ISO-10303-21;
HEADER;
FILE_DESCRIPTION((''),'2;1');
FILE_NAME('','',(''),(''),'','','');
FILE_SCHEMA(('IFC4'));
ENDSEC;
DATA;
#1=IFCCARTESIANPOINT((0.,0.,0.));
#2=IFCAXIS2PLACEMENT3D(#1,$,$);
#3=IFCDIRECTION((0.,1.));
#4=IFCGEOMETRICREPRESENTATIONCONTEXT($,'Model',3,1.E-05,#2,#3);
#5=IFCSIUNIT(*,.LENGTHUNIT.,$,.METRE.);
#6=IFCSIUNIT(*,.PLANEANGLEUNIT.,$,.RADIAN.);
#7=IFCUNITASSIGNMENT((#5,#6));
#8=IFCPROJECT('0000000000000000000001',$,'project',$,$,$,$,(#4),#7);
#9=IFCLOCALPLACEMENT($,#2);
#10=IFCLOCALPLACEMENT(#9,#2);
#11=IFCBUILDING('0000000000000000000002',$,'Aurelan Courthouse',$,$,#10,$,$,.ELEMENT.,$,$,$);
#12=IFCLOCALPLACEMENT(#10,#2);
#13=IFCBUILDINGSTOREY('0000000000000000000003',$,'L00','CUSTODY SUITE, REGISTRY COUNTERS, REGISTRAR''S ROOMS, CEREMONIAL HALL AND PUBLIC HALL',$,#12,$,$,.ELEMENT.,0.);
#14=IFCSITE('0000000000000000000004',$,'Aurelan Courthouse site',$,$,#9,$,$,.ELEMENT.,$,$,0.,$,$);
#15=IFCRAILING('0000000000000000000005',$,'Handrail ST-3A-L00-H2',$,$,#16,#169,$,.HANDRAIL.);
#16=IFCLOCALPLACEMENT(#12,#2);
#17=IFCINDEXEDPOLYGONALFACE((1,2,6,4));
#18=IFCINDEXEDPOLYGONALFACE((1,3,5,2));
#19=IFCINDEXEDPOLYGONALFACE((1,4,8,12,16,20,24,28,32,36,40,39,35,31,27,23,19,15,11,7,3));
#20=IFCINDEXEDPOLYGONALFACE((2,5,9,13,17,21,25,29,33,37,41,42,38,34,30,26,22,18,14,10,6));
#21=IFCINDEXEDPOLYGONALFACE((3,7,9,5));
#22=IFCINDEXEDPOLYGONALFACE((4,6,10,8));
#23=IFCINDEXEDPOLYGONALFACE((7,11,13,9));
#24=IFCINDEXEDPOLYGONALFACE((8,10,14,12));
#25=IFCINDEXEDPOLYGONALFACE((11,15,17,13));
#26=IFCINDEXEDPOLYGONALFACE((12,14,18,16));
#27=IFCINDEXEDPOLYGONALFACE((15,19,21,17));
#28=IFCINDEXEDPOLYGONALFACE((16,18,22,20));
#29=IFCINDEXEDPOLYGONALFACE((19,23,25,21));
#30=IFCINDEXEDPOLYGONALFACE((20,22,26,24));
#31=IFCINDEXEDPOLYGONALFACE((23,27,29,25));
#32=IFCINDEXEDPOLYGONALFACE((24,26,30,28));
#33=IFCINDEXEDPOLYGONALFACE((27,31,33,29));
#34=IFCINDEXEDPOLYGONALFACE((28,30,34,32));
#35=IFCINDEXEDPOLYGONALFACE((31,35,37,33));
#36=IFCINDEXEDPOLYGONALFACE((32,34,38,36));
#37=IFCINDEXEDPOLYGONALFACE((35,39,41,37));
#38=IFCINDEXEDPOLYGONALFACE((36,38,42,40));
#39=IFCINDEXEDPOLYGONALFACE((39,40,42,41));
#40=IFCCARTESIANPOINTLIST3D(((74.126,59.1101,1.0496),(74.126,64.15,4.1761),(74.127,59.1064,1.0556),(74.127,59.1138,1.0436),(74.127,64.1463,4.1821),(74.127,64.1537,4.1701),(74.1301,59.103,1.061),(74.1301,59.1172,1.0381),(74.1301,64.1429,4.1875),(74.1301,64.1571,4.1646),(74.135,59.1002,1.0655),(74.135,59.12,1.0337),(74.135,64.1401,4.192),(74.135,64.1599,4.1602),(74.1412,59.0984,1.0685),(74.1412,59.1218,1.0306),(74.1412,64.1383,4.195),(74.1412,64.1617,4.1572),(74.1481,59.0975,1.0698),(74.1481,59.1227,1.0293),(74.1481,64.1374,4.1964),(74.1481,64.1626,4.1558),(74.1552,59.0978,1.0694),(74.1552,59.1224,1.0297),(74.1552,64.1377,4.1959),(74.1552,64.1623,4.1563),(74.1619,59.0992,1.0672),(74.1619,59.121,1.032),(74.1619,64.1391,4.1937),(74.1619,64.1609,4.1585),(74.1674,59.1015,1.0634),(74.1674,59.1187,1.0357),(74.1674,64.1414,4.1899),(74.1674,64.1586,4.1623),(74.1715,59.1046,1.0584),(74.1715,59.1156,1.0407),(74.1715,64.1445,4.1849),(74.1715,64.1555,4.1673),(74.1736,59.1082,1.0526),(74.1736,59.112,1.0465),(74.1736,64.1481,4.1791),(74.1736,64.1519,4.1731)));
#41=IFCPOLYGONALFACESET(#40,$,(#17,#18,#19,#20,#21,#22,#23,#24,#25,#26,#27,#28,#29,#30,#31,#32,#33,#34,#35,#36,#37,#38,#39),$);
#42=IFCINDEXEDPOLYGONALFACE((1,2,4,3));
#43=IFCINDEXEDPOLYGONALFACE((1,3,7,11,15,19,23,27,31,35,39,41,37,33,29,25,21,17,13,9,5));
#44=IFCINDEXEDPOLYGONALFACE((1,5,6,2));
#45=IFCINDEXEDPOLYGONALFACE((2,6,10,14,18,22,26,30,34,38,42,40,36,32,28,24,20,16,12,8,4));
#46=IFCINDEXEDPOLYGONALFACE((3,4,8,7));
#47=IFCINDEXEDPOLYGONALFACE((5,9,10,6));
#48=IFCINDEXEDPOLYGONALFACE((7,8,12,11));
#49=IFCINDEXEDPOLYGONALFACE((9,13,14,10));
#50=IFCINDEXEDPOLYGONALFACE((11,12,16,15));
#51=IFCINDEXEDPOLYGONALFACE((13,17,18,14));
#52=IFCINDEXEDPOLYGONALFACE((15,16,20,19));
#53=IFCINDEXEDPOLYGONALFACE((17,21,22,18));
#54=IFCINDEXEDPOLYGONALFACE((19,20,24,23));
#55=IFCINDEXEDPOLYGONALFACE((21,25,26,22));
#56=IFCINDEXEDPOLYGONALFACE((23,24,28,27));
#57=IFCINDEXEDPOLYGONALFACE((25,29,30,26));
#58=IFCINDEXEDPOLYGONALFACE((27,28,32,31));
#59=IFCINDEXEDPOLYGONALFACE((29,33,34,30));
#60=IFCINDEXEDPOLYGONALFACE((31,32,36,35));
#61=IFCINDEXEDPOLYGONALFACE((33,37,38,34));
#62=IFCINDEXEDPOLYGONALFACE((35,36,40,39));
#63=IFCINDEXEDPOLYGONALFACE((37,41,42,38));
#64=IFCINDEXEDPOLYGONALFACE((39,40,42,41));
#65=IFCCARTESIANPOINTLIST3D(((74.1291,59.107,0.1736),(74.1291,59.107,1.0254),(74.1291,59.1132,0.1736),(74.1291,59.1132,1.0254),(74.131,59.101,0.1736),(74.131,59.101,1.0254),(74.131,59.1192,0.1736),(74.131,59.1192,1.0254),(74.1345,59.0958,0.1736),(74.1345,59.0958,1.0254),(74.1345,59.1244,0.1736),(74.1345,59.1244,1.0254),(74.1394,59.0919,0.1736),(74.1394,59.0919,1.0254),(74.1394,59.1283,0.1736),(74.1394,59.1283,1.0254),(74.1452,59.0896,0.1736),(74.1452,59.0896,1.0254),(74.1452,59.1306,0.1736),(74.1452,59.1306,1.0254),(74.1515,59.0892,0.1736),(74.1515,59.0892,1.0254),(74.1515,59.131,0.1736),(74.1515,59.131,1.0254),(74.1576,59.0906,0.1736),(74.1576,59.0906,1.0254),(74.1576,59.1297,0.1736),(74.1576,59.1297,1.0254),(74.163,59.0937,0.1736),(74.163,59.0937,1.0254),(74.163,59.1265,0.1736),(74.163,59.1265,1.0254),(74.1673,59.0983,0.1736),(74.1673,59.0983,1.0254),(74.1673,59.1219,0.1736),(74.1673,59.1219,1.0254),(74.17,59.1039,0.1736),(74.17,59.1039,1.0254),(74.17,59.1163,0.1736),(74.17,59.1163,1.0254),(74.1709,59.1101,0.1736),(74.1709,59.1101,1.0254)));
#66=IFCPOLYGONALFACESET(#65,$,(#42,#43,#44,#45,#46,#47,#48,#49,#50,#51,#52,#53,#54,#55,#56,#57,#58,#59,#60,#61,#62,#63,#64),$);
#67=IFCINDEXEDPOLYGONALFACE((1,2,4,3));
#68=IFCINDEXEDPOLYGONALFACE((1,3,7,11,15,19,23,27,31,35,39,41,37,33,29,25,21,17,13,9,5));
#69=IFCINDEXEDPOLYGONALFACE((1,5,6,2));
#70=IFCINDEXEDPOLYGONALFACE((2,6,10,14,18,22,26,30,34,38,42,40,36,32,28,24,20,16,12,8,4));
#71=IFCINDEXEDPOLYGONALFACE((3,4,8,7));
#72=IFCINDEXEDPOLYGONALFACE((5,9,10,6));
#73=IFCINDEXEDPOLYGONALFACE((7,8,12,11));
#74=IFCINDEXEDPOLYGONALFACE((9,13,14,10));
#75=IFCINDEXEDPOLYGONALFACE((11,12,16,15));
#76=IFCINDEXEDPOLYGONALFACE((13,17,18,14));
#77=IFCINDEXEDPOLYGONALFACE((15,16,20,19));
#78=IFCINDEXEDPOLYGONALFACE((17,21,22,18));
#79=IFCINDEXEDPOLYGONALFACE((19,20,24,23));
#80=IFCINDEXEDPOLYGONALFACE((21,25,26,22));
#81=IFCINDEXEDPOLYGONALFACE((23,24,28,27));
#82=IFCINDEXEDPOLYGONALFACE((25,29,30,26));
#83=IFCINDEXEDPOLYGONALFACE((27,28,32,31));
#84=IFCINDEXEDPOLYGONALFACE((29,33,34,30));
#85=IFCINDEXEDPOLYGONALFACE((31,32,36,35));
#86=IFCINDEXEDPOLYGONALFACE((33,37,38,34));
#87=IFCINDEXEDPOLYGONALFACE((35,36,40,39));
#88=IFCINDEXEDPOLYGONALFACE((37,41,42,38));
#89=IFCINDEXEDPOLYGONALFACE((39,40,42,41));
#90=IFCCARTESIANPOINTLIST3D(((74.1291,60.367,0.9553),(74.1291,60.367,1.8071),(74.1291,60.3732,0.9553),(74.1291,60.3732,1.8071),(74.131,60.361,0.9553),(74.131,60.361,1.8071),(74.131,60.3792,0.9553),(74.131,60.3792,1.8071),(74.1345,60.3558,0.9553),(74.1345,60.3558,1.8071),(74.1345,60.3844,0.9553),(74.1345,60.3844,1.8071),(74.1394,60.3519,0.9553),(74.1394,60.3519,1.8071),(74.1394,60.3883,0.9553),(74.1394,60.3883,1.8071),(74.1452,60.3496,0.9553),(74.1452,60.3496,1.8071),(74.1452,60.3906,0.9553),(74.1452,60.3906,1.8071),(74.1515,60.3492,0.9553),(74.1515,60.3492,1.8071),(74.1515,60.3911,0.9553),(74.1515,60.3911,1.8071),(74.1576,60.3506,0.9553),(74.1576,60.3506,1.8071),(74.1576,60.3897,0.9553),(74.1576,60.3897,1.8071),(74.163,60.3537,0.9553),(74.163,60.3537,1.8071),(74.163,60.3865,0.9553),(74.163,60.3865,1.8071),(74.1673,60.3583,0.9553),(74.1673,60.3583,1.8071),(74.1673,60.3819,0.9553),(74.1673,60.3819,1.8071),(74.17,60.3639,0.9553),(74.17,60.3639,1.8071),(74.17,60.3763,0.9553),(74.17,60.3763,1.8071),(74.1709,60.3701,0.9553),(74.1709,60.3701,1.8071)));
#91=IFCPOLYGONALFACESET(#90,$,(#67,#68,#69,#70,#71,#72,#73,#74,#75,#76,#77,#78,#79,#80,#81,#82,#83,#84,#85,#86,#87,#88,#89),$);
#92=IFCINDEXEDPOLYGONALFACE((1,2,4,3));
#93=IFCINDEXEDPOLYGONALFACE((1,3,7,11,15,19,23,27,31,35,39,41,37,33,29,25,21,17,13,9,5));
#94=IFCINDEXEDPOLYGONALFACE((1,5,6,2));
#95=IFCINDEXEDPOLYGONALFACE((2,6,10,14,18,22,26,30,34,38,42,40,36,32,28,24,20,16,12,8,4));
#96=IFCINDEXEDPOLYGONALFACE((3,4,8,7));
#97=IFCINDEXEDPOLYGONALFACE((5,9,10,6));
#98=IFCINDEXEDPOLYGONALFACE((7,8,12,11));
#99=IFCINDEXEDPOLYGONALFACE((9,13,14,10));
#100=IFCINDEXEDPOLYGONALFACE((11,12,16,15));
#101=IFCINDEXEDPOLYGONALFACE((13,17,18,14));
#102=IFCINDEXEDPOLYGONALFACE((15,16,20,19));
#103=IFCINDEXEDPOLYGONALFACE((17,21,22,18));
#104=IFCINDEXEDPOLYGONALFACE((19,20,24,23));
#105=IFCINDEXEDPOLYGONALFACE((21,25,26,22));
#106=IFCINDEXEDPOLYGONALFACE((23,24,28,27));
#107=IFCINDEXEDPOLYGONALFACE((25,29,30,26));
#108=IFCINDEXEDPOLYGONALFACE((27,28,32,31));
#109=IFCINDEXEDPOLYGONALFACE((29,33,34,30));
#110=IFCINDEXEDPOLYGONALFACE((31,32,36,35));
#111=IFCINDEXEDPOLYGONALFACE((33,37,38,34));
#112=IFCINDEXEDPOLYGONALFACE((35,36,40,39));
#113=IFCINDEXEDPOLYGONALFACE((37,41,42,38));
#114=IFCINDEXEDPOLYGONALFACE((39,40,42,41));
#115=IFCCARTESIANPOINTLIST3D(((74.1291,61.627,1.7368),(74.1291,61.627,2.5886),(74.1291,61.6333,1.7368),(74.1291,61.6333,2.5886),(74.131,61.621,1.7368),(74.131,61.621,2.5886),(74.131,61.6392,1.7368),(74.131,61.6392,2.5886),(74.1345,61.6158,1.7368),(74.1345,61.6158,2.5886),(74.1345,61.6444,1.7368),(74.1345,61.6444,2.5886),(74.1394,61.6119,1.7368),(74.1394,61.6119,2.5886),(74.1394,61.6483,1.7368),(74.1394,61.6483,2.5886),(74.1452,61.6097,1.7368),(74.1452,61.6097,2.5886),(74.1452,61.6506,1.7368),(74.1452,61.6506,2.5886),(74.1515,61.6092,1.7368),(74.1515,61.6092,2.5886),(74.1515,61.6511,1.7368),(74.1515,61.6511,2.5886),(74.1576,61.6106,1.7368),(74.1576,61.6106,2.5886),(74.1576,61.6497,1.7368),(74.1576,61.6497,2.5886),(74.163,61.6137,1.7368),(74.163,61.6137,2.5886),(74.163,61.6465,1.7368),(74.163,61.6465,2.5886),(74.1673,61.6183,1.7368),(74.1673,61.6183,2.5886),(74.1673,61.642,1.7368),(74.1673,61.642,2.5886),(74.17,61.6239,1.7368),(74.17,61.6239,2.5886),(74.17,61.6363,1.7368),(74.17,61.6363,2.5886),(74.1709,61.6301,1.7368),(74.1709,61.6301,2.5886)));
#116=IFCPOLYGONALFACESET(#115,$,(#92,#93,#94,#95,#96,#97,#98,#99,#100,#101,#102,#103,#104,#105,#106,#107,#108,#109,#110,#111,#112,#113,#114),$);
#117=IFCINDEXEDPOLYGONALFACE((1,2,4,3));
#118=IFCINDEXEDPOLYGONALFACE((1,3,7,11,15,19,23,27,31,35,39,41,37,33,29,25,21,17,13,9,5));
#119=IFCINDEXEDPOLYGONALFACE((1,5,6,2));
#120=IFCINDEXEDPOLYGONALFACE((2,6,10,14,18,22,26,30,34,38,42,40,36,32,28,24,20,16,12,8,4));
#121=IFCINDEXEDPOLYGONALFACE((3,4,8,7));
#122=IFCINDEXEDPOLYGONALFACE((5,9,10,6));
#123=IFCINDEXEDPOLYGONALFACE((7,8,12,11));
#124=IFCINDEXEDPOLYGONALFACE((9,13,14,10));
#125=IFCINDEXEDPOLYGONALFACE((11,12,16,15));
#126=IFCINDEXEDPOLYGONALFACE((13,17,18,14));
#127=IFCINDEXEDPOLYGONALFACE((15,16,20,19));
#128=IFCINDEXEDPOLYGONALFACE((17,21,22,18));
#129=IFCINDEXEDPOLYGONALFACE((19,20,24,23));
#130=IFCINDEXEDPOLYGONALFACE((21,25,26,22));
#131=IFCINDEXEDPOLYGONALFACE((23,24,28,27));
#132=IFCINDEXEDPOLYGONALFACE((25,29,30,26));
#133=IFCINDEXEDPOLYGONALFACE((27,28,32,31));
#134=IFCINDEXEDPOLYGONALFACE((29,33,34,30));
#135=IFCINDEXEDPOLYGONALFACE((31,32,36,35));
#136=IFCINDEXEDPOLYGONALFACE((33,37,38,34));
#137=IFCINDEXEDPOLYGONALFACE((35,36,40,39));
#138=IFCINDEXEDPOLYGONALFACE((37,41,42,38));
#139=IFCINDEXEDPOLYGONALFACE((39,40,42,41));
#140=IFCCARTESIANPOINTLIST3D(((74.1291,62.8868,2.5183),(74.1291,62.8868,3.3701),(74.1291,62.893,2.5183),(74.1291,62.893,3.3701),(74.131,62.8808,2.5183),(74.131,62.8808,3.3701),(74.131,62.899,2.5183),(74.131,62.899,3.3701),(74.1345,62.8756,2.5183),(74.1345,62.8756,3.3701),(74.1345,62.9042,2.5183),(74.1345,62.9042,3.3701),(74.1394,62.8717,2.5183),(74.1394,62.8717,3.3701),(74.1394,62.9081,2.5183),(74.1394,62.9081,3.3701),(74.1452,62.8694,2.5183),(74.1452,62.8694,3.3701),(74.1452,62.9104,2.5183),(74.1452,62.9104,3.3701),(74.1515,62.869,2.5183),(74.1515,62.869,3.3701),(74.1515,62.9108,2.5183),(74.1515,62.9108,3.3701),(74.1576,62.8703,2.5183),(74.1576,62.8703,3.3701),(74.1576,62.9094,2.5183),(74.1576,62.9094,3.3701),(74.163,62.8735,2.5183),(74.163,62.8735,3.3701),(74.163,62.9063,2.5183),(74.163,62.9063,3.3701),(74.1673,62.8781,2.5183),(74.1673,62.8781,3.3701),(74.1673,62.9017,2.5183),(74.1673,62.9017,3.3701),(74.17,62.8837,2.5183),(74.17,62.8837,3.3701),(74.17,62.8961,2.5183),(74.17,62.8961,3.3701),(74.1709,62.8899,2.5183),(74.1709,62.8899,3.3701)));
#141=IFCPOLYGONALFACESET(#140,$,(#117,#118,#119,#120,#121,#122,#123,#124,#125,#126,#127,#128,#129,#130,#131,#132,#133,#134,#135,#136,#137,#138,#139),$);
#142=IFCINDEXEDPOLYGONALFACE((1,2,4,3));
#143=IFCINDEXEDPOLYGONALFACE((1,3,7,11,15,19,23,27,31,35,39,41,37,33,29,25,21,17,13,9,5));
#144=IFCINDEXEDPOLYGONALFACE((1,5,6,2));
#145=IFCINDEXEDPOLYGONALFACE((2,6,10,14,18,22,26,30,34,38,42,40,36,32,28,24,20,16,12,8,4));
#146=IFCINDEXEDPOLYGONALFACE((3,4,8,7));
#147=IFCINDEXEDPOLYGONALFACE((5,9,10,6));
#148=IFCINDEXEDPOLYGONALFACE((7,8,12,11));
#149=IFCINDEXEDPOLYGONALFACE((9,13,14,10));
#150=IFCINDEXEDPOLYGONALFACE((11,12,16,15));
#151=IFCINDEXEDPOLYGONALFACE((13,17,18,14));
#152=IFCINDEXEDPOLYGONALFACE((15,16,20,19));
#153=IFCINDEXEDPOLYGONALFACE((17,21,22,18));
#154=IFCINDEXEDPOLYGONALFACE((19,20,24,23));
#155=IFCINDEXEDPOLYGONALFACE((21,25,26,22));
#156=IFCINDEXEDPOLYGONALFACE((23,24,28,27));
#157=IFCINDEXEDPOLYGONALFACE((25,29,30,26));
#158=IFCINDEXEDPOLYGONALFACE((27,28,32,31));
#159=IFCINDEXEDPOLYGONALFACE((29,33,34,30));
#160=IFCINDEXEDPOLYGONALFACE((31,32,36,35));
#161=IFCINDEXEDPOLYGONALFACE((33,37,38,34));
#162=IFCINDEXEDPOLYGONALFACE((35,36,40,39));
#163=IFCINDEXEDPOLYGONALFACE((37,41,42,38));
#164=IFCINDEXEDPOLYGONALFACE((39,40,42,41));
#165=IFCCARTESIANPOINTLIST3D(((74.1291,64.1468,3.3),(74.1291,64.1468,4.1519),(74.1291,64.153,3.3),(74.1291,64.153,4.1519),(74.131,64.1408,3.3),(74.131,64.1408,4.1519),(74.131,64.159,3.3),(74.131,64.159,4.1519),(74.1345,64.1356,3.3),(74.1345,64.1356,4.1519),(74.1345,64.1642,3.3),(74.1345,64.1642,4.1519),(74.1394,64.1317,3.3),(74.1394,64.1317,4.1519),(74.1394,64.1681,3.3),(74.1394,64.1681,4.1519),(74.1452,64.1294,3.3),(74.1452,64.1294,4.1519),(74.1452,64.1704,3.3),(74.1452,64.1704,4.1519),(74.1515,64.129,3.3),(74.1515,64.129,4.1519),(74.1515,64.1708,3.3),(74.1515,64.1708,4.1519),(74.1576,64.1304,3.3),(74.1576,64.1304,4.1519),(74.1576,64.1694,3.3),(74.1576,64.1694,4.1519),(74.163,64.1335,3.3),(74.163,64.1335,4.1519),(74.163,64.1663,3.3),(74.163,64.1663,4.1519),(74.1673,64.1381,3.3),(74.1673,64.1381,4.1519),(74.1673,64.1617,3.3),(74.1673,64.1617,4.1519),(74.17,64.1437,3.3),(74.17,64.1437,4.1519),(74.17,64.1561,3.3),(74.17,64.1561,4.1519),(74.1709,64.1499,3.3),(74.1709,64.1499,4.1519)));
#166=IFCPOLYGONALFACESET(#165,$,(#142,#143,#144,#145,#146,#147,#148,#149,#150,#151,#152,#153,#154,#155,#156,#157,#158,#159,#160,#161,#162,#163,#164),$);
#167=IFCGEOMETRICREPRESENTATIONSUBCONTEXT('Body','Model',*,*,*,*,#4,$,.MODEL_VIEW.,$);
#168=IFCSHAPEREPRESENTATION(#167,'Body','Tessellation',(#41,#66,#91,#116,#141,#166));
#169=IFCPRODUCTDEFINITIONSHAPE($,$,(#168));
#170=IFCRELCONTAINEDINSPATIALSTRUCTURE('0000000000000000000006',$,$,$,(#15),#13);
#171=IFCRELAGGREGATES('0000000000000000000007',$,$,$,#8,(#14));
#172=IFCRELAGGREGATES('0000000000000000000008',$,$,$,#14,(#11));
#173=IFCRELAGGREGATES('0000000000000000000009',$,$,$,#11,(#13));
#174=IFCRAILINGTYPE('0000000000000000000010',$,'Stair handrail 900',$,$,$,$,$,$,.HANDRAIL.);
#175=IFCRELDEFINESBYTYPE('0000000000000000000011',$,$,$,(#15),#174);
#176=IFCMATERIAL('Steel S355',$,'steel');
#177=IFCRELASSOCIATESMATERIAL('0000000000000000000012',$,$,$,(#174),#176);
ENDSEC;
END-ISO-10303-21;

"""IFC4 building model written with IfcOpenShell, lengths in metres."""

from ifc_helpers import new_model, si_unit, direction, frame, origin, origin_2d, place, context, subcontext, project, spatial, circle, extrude, material, type_object, element, save


model = new_model("IFC4")

# Units and contexts
model_context = context("Model", 3, precision=1e-05, world=origin(), true_north=direction((0.0, 1.0)))
body_context = subcontext(model_context, "Body", "Model", "MODEL_VIEW")
ifc_project = project(units=[si_unit("LENGTHUNIT", "METRE"), si_unit("PLANEANGLEUNIT", "RADIAN")], contexts=[model_context])

# Site, building, storey
site_placement = place(None, origin())
site = spatial("IfcSite", under=ifc_project, at=site_placement, Name="Aurelan Courthouse site", CompositionType="ELEMENT", RefElevation=0.0)
building_placement = place(site_placement, origin())
building = spatial("IfcBuilding", under=site, at=building_placement, Name="Aurelan Courthouse", CompositionType="ELEMENT")
storey_placement = place(building_placement, origin())
storey = spatial("IfcBuildingStorey", under=building, at=storey_placement, Name="L00", Description="CUSTODY SUITE, REGISTRY COUNTERS, REGISTRAR'S ROOMS, CEREMONIAL HALL AND PUBLIC HALL", CompositionType="ELEMENT", Elevation=0.0)

# Railing
ifc_material_1 = material(Name="Steel S355", Category="steel")
railing_type = type_object("IfcRailingType", Name="Stair handrail 900", PredefinedType="HANDRAIL", material=ifc_material_1)
for number, where, name in (
    (1, (74.1499, 59.1101, 0.1736), "Handrail ST-3A-L00-H2"),
):
    element("IfcRailing", number, at=place(storey_placement, frame(where)), inside=storey, type_object=railing_type, Name=name, PredefinedType="HANDRAIL", context=body_context, shape_type="SweptSolid", body=[
        extrude(circle(Radius=0.0239, at=origin_2d()), frame((0.0, 0.0, 0.876), z_axis=(0.0, 0.849767, 0.527158), x_axis=(-1.0, 0.0, 0.0)), (0.0, 0.0, 1.0), 5.9309),
        extrude(circle(Radius=0.021, at=origin_2d()), origin(), (0.0, 0.0, 1.0), 0.8518),
        extrude(circle(Radius=0.021, at=origin_2d()), frame((0.0, 1.26, 0.7817)), (0.0, 0.0, 1.0), 0.8518),
        extrude(circle(Radius=0.021, at=origin_2d()), frame((0.0, 2.52, 1.5632)), (0.0, 0.0, 1.0), 0.8518),
        extrude(circle(Radius=0.021, at=origin_2d()), frame((0.0, 3.7798, 2.3447)), (0.0, 0.0, 1.0), 0.8518),
        extrude(circle(Radius=0.021, at=origin_2d()), frame((0.0, 5.0398, 3.1265)), (0.0, 0.0, 1.0), 0.8518),
    ])

save(model, "model.ifc")
